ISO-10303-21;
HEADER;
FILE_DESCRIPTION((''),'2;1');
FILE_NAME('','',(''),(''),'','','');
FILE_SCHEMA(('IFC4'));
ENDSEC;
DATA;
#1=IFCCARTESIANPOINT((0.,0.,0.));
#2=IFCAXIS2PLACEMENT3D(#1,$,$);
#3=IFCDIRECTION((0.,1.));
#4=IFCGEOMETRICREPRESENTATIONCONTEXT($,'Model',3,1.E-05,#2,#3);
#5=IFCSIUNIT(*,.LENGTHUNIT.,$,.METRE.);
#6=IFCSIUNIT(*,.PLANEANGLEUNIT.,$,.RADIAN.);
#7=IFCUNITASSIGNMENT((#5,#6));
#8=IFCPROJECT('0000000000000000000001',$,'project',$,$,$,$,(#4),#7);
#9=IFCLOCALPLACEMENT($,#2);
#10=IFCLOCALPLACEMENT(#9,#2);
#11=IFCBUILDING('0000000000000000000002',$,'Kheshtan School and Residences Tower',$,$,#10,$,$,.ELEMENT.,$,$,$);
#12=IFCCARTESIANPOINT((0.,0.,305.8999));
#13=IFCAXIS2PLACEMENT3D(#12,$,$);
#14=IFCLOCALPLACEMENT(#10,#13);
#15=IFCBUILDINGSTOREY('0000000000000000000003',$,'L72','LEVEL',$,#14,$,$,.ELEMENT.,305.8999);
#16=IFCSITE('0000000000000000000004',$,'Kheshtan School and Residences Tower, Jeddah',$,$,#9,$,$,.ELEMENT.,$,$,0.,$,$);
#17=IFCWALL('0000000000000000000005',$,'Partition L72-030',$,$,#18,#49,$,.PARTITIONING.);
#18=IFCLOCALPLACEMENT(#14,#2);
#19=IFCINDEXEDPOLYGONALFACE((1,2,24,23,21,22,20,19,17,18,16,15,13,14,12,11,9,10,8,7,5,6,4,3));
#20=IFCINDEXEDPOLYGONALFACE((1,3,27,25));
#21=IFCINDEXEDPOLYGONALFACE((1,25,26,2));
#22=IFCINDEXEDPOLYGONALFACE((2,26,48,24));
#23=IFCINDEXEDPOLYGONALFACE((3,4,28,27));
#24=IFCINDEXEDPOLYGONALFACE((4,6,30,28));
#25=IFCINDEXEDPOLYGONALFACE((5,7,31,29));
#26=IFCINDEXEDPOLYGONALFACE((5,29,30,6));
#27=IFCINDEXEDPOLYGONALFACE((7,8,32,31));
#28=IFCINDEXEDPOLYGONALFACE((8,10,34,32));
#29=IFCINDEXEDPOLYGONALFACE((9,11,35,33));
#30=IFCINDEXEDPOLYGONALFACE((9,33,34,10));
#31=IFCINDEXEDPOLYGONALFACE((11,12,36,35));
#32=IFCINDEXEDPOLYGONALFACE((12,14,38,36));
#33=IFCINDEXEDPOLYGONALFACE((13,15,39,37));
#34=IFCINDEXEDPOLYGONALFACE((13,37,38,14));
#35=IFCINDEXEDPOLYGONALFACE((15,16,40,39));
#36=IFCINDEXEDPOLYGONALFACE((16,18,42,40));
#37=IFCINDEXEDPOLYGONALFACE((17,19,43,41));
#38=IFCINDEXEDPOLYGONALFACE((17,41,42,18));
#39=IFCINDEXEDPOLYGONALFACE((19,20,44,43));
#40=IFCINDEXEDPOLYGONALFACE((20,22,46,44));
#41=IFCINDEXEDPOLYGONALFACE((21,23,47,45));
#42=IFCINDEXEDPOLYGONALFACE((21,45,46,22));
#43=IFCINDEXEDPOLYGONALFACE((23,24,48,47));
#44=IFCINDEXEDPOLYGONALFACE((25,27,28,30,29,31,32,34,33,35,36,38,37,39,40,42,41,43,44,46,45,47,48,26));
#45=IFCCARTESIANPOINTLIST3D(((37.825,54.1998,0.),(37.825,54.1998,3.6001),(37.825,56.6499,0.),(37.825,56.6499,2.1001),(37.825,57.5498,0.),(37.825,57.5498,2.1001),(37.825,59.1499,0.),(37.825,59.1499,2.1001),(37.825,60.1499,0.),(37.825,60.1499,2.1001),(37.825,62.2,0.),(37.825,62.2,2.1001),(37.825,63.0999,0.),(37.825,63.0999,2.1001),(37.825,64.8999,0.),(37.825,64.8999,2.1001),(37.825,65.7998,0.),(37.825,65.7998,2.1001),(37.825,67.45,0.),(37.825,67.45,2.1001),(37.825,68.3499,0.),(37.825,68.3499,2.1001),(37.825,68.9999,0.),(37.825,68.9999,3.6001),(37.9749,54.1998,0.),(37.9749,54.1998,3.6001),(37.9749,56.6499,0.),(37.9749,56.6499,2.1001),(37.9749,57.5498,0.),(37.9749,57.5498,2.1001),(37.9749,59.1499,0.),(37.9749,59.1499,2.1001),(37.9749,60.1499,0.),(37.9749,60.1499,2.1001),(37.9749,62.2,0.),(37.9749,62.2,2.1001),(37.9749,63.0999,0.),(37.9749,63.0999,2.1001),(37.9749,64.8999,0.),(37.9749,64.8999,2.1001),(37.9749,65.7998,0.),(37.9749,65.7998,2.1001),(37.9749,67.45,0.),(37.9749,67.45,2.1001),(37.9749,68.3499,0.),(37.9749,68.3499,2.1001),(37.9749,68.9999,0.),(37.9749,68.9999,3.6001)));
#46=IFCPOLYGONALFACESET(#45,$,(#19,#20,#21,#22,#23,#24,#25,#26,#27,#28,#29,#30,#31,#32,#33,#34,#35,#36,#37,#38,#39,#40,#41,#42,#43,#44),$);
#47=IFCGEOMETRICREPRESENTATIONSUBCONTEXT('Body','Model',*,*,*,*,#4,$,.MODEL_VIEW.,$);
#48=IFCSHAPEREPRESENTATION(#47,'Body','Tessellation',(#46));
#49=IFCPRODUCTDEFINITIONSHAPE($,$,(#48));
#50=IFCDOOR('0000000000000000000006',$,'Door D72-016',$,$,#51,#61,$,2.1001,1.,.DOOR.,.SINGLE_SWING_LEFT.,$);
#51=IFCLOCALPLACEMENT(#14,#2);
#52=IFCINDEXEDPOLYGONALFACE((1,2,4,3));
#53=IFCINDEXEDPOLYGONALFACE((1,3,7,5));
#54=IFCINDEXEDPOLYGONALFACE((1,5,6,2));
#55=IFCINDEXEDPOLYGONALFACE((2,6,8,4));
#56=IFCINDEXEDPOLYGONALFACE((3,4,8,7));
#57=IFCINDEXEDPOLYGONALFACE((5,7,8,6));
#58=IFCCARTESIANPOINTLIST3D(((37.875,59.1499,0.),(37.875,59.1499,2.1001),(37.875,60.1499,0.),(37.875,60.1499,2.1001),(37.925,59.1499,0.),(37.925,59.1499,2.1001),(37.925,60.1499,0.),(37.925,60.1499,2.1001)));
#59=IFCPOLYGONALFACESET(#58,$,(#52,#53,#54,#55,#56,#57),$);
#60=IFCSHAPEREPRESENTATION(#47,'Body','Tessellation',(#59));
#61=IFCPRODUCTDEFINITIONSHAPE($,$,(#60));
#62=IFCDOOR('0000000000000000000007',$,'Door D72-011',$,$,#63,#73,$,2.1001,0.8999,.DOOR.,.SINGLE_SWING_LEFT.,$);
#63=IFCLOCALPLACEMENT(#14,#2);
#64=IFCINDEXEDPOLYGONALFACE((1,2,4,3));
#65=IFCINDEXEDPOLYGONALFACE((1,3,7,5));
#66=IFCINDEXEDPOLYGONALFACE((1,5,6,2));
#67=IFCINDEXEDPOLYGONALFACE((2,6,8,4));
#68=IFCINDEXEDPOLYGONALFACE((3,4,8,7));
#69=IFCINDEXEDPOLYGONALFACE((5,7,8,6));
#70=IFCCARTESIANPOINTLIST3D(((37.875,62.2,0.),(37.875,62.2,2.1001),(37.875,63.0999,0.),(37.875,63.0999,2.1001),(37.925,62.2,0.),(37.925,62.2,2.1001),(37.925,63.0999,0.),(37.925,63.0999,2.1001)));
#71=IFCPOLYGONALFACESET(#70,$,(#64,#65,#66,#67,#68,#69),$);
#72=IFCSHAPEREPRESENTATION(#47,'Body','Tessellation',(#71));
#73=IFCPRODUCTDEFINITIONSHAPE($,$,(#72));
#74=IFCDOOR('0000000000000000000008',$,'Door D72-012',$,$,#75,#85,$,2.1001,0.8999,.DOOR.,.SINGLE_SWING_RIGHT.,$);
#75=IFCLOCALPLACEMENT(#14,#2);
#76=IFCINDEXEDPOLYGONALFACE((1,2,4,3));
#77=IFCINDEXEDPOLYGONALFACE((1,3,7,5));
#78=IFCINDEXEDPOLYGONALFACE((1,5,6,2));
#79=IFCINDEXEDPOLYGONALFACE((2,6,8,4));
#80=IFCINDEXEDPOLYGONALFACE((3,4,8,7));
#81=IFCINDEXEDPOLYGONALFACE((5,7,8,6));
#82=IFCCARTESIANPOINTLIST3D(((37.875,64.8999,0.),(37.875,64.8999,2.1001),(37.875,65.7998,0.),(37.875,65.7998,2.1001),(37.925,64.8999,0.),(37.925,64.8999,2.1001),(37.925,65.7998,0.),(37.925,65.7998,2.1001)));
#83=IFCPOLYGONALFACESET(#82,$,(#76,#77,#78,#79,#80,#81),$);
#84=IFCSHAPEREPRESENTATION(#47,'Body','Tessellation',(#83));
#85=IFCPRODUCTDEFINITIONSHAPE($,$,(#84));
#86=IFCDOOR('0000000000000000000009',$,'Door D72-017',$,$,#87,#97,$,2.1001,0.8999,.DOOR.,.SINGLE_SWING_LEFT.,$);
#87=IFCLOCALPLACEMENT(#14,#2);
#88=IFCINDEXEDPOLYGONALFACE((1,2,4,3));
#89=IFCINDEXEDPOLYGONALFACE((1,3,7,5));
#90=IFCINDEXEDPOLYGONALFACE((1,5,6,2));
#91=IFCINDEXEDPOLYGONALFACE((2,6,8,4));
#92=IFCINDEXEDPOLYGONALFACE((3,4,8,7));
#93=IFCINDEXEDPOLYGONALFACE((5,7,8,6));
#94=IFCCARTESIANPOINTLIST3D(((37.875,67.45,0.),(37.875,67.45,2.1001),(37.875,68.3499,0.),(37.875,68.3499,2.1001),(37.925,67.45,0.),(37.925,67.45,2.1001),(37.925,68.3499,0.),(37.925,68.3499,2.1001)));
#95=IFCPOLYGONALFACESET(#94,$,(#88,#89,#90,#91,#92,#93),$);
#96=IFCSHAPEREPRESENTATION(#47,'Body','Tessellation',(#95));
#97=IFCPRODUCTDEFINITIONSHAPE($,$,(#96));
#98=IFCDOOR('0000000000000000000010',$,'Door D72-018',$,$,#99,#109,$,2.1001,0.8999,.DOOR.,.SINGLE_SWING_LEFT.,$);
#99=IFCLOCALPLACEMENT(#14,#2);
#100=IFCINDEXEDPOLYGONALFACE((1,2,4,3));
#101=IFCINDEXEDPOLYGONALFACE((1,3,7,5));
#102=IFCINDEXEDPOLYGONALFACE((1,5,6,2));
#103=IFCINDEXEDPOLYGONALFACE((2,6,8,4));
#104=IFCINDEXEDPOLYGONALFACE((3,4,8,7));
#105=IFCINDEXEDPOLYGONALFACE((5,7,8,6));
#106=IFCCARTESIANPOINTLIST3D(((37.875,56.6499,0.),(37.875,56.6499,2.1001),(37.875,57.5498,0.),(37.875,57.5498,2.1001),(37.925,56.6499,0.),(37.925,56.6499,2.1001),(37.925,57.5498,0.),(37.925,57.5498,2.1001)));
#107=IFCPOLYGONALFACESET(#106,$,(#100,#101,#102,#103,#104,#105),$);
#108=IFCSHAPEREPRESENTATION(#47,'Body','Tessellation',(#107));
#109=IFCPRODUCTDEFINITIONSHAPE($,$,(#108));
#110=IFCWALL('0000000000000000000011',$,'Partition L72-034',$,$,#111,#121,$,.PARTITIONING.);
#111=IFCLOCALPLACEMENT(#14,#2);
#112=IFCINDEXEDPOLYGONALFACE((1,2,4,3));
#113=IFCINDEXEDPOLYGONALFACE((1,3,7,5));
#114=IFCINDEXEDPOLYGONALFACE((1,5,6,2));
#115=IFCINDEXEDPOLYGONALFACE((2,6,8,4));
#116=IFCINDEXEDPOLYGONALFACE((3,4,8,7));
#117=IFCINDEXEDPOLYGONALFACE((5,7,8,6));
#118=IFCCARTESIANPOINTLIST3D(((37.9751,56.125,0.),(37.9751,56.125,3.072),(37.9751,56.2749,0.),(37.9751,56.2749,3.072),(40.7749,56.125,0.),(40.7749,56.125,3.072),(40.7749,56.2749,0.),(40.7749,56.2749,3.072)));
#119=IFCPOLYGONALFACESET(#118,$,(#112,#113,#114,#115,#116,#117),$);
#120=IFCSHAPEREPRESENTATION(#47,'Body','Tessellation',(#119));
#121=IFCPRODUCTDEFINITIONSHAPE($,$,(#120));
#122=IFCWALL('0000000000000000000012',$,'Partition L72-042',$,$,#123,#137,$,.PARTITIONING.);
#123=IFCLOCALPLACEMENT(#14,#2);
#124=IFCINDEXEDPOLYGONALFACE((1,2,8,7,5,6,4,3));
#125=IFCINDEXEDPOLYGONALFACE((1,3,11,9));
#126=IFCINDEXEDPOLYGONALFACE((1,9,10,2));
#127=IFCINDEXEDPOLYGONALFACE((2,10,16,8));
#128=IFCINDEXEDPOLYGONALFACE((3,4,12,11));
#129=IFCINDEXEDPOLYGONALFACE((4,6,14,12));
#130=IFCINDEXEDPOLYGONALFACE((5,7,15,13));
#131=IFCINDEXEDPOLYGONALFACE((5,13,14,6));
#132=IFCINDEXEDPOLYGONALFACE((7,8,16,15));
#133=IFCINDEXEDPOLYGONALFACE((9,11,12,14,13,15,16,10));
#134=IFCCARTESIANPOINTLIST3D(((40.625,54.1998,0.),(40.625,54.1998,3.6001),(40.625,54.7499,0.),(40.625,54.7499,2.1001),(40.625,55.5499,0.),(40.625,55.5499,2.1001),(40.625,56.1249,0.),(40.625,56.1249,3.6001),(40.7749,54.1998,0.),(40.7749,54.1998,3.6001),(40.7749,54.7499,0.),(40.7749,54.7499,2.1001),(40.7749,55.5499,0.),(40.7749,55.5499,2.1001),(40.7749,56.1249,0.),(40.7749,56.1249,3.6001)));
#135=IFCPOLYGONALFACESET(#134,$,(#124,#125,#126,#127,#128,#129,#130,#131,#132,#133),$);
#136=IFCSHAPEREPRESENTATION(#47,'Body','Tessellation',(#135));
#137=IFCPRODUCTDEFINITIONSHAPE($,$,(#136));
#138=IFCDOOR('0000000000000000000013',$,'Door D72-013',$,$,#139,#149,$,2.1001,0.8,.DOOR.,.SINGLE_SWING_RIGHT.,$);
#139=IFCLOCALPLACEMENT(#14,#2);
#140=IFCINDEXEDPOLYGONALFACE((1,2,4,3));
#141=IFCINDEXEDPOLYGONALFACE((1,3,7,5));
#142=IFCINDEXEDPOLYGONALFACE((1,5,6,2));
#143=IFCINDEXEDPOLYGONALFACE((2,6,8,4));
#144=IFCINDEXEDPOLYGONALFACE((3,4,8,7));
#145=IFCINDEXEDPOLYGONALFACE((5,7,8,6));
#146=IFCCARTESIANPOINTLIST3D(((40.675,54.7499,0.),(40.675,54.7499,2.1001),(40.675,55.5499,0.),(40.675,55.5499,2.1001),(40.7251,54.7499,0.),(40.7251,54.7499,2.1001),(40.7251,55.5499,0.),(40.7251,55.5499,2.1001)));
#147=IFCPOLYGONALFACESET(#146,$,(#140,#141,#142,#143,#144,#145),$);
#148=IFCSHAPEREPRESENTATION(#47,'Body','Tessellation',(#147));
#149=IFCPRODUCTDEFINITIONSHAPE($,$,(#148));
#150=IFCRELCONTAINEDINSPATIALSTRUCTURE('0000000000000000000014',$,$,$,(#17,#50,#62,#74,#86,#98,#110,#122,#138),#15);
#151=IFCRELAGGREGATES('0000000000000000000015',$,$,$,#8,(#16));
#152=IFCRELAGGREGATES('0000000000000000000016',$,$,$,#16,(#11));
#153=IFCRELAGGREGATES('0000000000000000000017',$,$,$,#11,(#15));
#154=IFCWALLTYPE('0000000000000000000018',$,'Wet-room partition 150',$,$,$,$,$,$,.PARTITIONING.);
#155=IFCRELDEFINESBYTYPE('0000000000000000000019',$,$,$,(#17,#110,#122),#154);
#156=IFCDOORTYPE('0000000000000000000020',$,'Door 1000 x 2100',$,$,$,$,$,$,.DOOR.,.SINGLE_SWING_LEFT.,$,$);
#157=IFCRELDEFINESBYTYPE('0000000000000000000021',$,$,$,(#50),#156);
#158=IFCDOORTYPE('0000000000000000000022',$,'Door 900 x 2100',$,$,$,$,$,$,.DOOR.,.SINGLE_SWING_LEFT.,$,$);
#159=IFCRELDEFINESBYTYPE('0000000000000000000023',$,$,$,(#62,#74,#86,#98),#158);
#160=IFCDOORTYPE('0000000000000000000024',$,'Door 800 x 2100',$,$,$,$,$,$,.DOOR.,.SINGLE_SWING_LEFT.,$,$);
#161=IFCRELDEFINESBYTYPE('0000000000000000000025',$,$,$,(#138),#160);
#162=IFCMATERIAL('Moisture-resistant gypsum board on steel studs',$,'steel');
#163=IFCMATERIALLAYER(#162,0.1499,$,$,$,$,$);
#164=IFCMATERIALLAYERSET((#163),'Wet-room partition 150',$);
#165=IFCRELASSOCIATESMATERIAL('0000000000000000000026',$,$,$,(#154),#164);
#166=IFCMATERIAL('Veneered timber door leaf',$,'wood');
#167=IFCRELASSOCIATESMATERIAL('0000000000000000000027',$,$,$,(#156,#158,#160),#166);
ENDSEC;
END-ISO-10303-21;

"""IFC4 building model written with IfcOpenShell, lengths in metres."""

from ifc_helpers import new_model, si_unit, direction, frame, frame_2d, origin, place, context, subcontext, project, spatial, rectangle, extrude, source, transform, mapped, material, layer, layer_set, type_object, element, fill, save


model = new_model("IFC4")

# Units and contexts
model_context = context("Model", 3, precision=1e-05, world=origin(), true_north=direction((0.0, 1.0)))
body_context = subcontext(model_context, "Body", "Model", "MODEL_VIEW")
ifc_project = project(units=[si_unit("LENGTHUNIT", "METRE"), si_unit("PLANEANGLEUNIT", "RADIAN")], contexts=[model_context])

# Site, building, storey
site_placement = place(None, origin())
site = spatial("IfcSite", under=ifc_project, at=site_placement, Name="Kheshtan School and Residences Tower, Jeddah", CompositionType="ELEMENT", RefElevation=0.0)
building_placement = place(site_placement, origin())
building = spatial("IfcBuilding", under=site, at=building_placement, Name="Kheshtan School and Residences Tower", CompositionType="ELEMENT")
storey_placement = place(building_placement, frame((0.0, 0.0, 305.8999)))
storey = spatial("IfcBuildingStorey", under=building, at=storey_placement, Name="L72", Description="LEVEL", CompositionType="ELEMENT", Elevation=305.8999)

# Wall, openings, doors
ifc_material_1 = material(Name="Moisture-resistant gypsum board on steel studs", Category="steel")
ifc_layer_1 = layer(ifc_material_1, 0.1499)
ifc_layer_set_1 = layer_set([ifc_layer_1], Name="Wet-room partition 150")
wall_type_1 = type_object("IfcWallType", Name="Wet-room partition 150", PredefinedType="PARTITIONING", material=ifc_layer_set_1)
wall_1_placement = place(storey_placement, frame((37.8999, 54.2, 0.0), z_axis=(0.0, 0.0, 1.0), x_axis=(0.0, 1.0, 0.0)))
wall_1 = element("IfcWall", 1, at=wall_1_placement, inside=storey, type_object=wall_type_1, Name="Partition L72-030", PredefinedType="PARTITIONING", context=body_context, shape_type="SweptSolid", body=[
    extrude(rectangle(XDim=14.8, YDim=0.1499, at=frame_2d((7.3999, 0.0))), origin(), (0.0, 0.0, 1.0), 3.6001),
])
opening_1_placement = place(wall_1_placement, frame((8.0, 0.0, 0.0)))
opening_1 = element("IfcOpeningElement", 2, at=opening_1_placement, cuts=wall_1, PredefinedType="OPENING", context=body_context, shape_type="SweptSolid", body=[
    extrude(rectangle(XDim=0.8999, YDim=2.1001, at=frame_2d((0.45, 1.05))), frame((0.0, 0.085, 0.0), z_axis=(0.0, -1.0, 0.0), x_axis=(1.0, 0.0, 0.0)), (0.0, 0.0, 1.0), 0.1699),
])
opening_2_placement = place(wall_1_placement, frame((10.7, 0.0, 0.0)))
opening_2 = element("IfcOpeningElement", 3, at=opening_2_placement, cuts=wall_1, PredefinedType="OPENING", context=body_context, shape_type="SweptSolid", body=[
    extrude(rectangle(XDim=0.8999, YDim=2.1001, at=frame_2d((0.45, 1.05))), frame((0.0, 0.085, 0.0), z_axis=(0.0, -1.0, 0.0), x_axis=(1.0, 0.0, 0.0)), (0.0, 0.0, 1.0), 0.1699),
])
opening_3_placement = place(wall_1_placement, frame((4.95, 0.0, 0.0)))
opening_3 = element("IfcOpeningElement", 4, at=opening_3_placement, cuts=wall_1, PredefinedType="OPENING", context=body_context, shape_type="SweptSolid", body=[
    extrude(rectangle(XDim=1.0, YDim=2.1001, at=frame_2d((0.5, 1.05))), frame((0.0, 0.085, 0.0), z_axis=(0.0, -1.0, 0.0), x_axis=(1.0, 0.0, 0.0)), (0.0, 0.0, 1.0), 0.1699),
])
opening_4_placement = place(wall_1_placement, frame((13.25, 0.0, 0.0)))
opening_4 = element("IfcOpeningElement", 5, at=opening_4_placement, cuts=wall_1, PredefinedType="OPENING", context=body_context, shape_type="SweptSolid", body=[
    extrude(rectangle(XDim=0.8999, YDim=2.1001, at=frame_2d((0.45, 1.05))), frame((0.0, 0.085, 0.0), z_axis=(0.0, -1.0, 0.0), x_axis=(1.0, 0.0, 0.0)), (0.0, 0.0, 1.0), 0.1699),
])
opening_5_placement = place(wall_1_placement, frame((2.45, 0.0, 0.0)))
opening_5 = element("IfcOpeningElement", 6, at=opening_5_placement, cuts=wall_1, PredefinedType="OPENING", context=body_context, shape_type="SweptSolid", body=[
    extrude(rectangle(XDim=0.8999, YDim=2.1001, at=frame_2d((0.45, 1.05))), frame((0.0, 0.085, 0.0), z_axis=(0.0, -1.0, 0.0), x_axis=(1.0, 0.0, 0.0)), (0.0, 0.0, 1.0), 0.1699),
])
ifc_material_2 = material(Name="Veneered timber door leaf", Category="wood")
door_type_1 = type_object("IfcDoorType", Name="Door 1000 x 2100", OperationType="SINGLE_SWING_LEFT", PredefinedType="DOOR", material=ifc_material_2)
shared_shape_1 = source(origin(), body_context, "Body", "SweptSolid", [
    extrude(rectangle(XDim=1.0, YDim=2.1001, at=frame_2d((0.5, 1.05))), frame((0.0, 0.0249, 0.0), z_axis=(0.0, -1.0, 0.0), x_axis=(1.0, 0.0, 0.0)), (0.0, 0.0, 1.0), 0.05),
])
door_1_placement = place(opening_3_placement, origin())
door_1 = element("IfcDoor", 7, at=door_1_placement, inside=storey, type_object=door_type_1, Name="Door D72-016", OperationType="SINGLE_SWING_LEFT", OverallHeight=2.1001, OverallWidth=1.0, PredefinedType="DOOR", context=body_context, shape_type="MappedRepresentation", body=[
    mapped(shared_shape_1, transform((0.0, 0.0, 0.0), x_axis=(1.0, 0.0, 0.0), y_axis=(0.0, 1.0, 0.0), z_axis=(0.0, 0.0, 1.0), scale=1.0)),
])
fill(opening_3, door_1)
door_type_2 = type_object("IfcDoorType", Name="Door 900 x 2100", OperationType="SINGLE_SWING_LEFT", PredefinedType="DOOR", material=ifc_material_2)
shared_shape_2 = source(origin(), body_context, "Body", "SweptSolid", [
    extrude(rectangle(XDim=0.8999, YDim=2.1001, at=frame_2d((0.45, 1.05))), frame((0.0, 0.0249, 0.0), z_axis=(0.0, -1.0, 0.0), x_axis=(1.0, 0.0, 0.0)), (0.0, 0.0, 1.0), 0.05),
])
door_2_placement = place(opening_1_placement, origin())
door_2 = element("IfcDoor", 8, at=door_2_placement, inside=storey, type_object=door_type_2, Name="Door D72-011", OperationType="SINGLE_SWING_LEFT", OverallHeight=2.1001, OverallWidth=0.8999, PredefinedType="DOOR", context=body_context, shape_type="MappedRepresentation", body=[
    mapped(shared_shape_2, transform((0.0, 0.0, 0.0), x_axis=(1.0, 0.0, 0.0), y_axis=(0.0, 1.0, 0.0), z_axis=(0.0, 0.0, 1.0), scale=1.0)),
])
fill(opening_1, door_2)
door_3_placement = place(opening_2_placement, origin())
door_3 = element("IfcDoor", 9, at=door_3_placement, inside=storey, type_object=door_type_2, Name="Door D72-012", OperationType="SINGLE_SWING_RIGHT", OverallHeight=2.1001, OverallWidth=0.8999, PredefinedType="DOOR", context=body_context, shape_type="MappedRepresentation", body=[
    mapped(shared_shape_2, transform((0.0, 0.0, 0.0), x_axis=(1.0, 0.0, 0.0), y_axis=(0.0, 1.0, 0.0), z_axis=(0.0, 0.0, 1.0), scale=1.0)),
])
fill(opening_2, door_3)
door_4_placement = place(opening_4_placement, origin())
door_4 = element("IfcDoor", 10, at=door_4_placement, inside=storey, type_object=door_type_2, Name="Door D72-017", OperationType="SINGLE_SWING_LEFT", OverallHeight=2.1001, OverallWidth=0.8999, PredefinedType="DOOR", context=body_context, shape_type="MappedRepresentation", body=[
    mapped(shared_shape_2, transform((0.0, 0.0, 0.0), x_axis=(1.0, 0.0, 0.0), y_axis=(0.0, 1.0, 0.0), z_axis=(0.0, 0.0, 1.0), scale=1.0)),
])
fill(opening_4, door_4)
door_5_placement = place(opening_5_placement, origin())
door_5 = element("IfcDoor", 11, at=door_5_placement, inside=storey, type_object=door_type_2, Name="Door D72-018", OperationType="SINGLE_SWING_LEFT", OverallHeight=2.1001, OverallWidth=0.8999, PredefinedType="DOOR", context=body_context, shape_type="MappedRepresentation", body=[
    mapped(shared_shape_2, transform((0.0, 0.0, 0.0), x_axis=(1.0, 0.0, 0.0), y_axis=(0.0, 1.0, 0.0), z_axis=(0.0, 0.0, 1.0), scale=1.0)),
])
fill(opening_5, door_5)

# Wall
wall_2_placement = place(storey_placement, frame((37.9751, 56.2, 0.0), z_axis=(0.0, 0.0, 1.0), x_axis=(1.0, 0.0, 0.0)))
element("IfcWall", 12, at=wall_2_placement, inside=storey, type_object=wall_type_1, Name="Partition L72-034", PredefinedType="PARTITIONING", context=body_context, shape_type="SweptSolid", body=[
    extrude(rectangle(XDim=2.7998, YDim=0.1499, at=frame_2d((1.3999, 0.0))), origin(), (0.0, 0.0, 1.0), 3.072),
])

# Wall, opening, door
wall_3_placement = place(storey_placement, frame((40.7, 54.2, 0.0), z_axis=(0.0, 0.0, 1.0), x_axis=(0.0, 1.0, 0.0)))
wall_3 = element("IfcWall", 13, at=wall_3_placement, inside=storey, type_object=wall_type_1, Name="Partition L72-042", PredefinedType="PARTITIONING", context=body_context, shape_type="SweptSolid", body=[
    extrude(rectangle(XDim=1.925, YDim=0.1499, at=frame_2d((0.9624, 0.0))), origin(), (0.0, 0.0, 1.0), 3.6001),
])
opening_6_placement = place(wall_3_placement, frame((0.55, 0.0, 0.0)))
opening_6 = element("IfcOpeningElement", 14, at=opening_6_placement, cuts=wall_3, PredefinedType="OPENING", context=body_context, shape_type="SweptSolid", body=[
    extrude(rectangle(XDim=0.8, YDim=2.1001, at=frame_2d((0.3999, 1.05))), frame((0.0, 0.085, 0.0), z_axis=(0.0, -1.0, 0.0), x_axis=(1.0, 0.0, 0.0)), (0.0, 0.0, 1.0), 0.1699),
])
door_type_3 = type_object("IfcDoorType", Name="Door 800 x 2100", OperationType="SINGLE_SWING_LEFT", PredefinedType="DOOR", material=ifc_material_2)
shared_shape_3 = source(origin(), body_context, "Body", "SweptSolid", [
    extrude(rectangle(XDim=0.8, YDim=2.1001, at=frame_2d((0.3999, 1.05))), frame((0.0, 0.0249, 0.0), z_axis=(0.0, -1.0, 0.0), x_axis=(1.0, 0.0, 0.0)), (0.0, 0.0, 1.0), 0.05),
])
door_6_placement = place(opening_6_placement, origin())
door_6 = element("IfcDoor", 15, at=door_6_placement, inside=storey, type_object=door_type_3, Name="Door D72-013", OperationType="SINGLE_SWING_RIGHT", OverallHeight=2.1001, OverallWidth=0.8, PredefinedType="DOOR", context=body_context, shape_type="MappedRepresentation", body=[
    mapped(shared_shape_3, transform((0.0, 0.0, 0.0), x_axis=(1.0, 0.0, 0.0), y_axis=(0.0, 1.0, 0.0), z_axis=(0.0, 0.0, 1.0), scale=1.0)),
])
fill(opening_6, door_6)

save(model, "model.ifc")
